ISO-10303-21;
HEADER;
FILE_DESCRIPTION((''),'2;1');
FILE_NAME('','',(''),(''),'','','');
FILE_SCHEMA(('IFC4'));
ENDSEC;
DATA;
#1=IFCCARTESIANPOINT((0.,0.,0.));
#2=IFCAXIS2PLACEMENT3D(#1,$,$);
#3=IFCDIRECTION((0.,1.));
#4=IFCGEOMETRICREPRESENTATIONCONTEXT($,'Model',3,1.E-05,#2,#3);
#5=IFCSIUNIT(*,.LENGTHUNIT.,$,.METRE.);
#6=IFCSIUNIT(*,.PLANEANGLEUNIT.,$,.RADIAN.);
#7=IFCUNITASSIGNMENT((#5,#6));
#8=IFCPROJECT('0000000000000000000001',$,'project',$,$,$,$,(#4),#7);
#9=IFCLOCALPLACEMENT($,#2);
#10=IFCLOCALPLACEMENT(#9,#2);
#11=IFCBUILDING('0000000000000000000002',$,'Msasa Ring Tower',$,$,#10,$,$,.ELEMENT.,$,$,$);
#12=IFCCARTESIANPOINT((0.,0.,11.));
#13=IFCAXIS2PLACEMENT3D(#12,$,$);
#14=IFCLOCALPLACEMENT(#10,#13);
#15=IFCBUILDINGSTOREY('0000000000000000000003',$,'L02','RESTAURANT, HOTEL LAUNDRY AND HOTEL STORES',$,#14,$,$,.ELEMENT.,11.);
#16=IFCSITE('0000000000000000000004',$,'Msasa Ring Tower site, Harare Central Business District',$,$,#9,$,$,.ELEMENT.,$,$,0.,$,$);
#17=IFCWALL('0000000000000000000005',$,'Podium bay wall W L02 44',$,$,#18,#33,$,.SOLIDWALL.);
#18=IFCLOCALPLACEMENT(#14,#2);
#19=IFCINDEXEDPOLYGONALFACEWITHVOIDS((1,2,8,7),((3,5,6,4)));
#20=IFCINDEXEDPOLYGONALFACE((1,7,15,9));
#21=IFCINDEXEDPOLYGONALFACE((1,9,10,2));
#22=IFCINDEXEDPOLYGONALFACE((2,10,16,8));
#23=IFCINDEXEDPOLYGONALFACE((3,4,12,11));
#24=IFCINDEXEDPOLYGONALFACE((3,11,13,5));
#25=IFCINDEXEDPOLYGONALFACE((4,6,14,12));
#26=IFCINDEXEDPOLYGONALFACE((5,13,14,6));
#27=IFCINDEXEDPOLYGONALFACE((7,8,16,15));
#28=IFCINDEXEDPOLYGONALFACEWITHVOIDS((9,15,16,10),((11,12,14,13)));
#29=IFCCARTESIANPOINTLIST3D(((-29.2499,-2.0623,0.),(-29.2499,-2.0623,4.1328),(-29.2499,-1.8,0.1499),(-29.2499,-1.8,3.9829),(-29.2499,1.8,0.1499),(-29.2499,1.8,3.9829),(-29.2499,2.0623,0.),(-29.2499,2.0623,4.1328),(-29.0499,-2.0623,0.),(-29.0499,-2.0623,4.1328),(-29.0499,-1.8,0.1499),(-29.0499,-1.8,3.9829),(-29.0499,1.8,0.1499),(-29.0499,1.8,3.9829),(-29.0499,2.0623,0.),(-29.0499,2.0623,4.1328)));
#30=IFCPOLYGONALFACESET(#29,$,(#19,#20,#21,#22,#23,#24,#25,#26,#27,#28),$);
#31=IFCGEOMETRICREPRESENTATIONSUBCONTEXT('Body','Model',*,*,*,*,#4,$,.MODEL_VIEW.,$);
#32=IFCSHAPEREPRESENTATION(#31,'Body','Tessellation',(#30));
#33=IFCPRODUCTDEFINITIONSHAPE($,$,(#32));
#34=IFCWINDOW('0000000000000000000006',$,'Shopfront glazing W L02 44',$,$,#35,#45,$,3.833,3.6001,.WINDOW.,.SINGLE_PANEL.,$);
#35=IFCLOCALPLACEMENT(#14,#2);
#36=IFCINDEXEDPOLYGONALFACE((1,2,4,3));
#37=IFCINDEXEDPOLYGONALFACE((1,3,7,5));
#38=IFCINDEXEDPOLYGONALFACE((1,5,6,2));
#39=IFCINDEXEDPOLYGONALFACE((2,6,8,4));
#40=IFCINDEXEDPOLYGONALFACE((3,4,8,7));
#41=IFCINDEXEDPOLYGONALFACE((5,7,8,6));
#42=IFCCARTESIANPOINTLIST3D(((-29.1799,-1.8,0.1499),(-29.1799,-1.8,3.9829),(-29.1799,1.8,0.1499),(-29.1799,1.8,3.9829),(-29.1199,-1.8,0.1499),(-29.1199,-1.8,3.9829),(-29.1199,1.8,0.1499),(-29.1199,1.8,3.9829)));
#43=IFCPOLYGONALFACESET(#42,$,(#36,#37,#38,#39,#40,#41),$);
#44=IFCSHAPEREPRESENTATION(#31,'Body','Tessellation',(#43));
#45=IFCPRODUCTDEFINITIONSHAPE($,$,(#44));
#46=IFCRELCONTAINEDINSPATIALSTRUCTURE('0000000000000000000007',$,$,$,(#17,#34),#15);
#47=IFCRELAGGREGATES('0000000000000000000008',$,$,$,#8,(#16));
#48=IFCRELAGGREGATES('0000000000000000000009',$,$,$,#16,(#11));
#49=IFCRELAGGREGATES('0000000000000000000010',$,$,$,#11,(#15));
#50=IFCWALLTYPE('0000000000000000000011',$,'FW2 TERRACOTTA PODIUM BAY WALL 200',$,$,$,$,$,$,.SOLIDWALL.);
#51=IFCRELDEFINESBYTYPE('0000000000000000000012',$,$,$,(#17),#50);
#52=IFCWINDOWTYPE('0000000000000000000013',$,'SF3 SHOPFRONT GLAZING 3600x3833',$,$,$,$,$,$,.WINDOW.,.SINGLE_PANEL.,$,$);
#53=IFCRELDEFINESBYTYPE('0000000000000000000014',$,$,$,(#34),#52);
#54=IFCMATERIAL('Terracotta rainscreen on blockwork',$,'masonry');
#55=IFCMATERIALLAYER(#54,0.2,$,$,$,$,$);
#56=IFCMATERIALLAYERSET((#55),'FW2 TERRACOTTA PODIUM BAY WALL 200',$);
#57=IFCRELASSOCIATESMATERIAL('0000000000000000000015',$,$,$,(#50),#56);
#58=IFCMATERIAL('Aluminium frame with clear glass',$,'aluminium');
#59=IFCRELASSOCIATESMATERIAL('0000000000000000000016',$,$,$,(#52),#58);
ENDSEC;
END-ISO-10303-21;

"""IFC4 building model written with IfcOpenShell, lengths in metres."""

from ifc_helpers import new_model, si_unit, direction, frame, frame_2d, origin, place, context, subcontext, project, spatial, rectangle, extrude, material, layer, layer_set, type_object, element, fill, save


model = new_model("IFC4")

# Units and contexts
model_context = context("Model", 3, precision=1e-05, world=origin(), true_north=direction((0.0, 1.0)))
body_context = subcontext(model_context, "Body", "Model", "MODEL_VIEW")
ifc_project = project(units=[si_unit("LENGTHUNIT", "METRE"), si_unit("PLANEANGLEUNIT", "RADIAN")], contexts=[model_context])

# Site, building, storey
site_placement = place(None, origin())
site = spatial("IfcSite", under=ifc_project, at=site_placement, Name="Msasa Ring Tower site, Harare Central Business District", CompositionType="ELEMENT", RefElevation=0.0)
building_placement = place(site_placement, origin())
building = spatial("IfcBuilding", under=site, at=building_placement, Name="Msasa Ring Tower", CompositionType="ELEMENT")
storey_placement = place(building_placement, frame((0.0, 0.0, 11.0)))
storey = spatial("IfcBuildingStorey", under=building, at=storey_placement, Name="L02", Description="RESTAURANT, HOTEL LAUNDRY AND HOTEL STORES", CompositionType="ELEMENT", Elevation=11.0)

# Wall, opening, window
ifc_material_1 = material(Name="Terracotta rainscreen on blockwork", Category="masonry")
ifc_layer = layer(ifc_material_1, 0.2)
ifc_layer_set = layer_set([ifc_layer], Name="FW2 TERRACOTTA PODIUM BAY WALL 200")
wall_type = type_object("IfcWallType", Name="FW2 TERRACOTTA PODIUM BAY WALL 200", PredefinedType="SOLIDWALL", material=ifc_layer_set)
ifc_material_2 = material(Name="Aluminium frame with clear glass", Category="aluminium")
window_type = type_object("IfcWindowType", Name="SF3 SHOPFRONT GLAZING 3600x3833", PartitioningType="SINGLE_PANEL", PredefinedType="WINDOW", material=ifc_material_2)
wall_1_placement = place(storey_placement, frame((-29.1499, -2.0623, 0.0), z_axis=(0.0, 0.0, 1.0), x_axis=(0.0, 1.0, 0.0)))
wall_1 = element("IfcWall", 1, at=wall_1_placement, inside=storey, type_object=wall_type, Name="Podium bay wall W L02 44", PredefinedType="SOLIDWALL", context=body_context, shape_type="SweptSolid", body=[
    extrude(rectangle(XDim=4.1245, YDim=0.2, at=frame_2d((2.0623, 0.0))), origin(), (0.0, 0.0, 1.0), 4.1328),
])
opening_1_placement = place(wall_1_placement, frame((0.2622, 0.0, 0.1499)))
opening_1 = element("IfcOpeningElement", 2, at=opening_1_placement, cuts=wall_1, PredefinedType="OPENING", context=body_context, shape_type="SweptSolid", body=[
    extrude(rectangle(XDim=3.6001, YDim=3.833, at=frame_2d((1.8, 1.9165))), frame((0.0, 0.1099, 0.0), z_axis=(0.0, -1.0, 0.0), x_axis=(1.0, 0.0, 0.0)), (0.0, 0.0, 1.0), 0.22),
])
window_1_placement = place(opening_1_placement, origin())
window_1 = element("IfcWindow", 3, at=window_1_placement, inside=storey, type_object=window_type, Name="Shopfront glazing W L02 44", OverallHeight=3.833, OverallWidth=3.6001, PartitioningType="SINGLE_PANEL", PredefinedType="WINDOW", context=body_context, shape_type="SweptSolid", body=[
    extrude(rectangle(XDim=3.6001, YDim=3.833, at=frame_2d((1.8, 1.9165))), frame((0.0, 0.03, 0.0), z_axis=(0.0, -1.0, 0.0), x_axis=(1.0, 0.0, 0.0)), (0.0, 0.0, 1.0), 0.0601),
])
fill(opening_1, window_1)

save(model, "model.ifc")
